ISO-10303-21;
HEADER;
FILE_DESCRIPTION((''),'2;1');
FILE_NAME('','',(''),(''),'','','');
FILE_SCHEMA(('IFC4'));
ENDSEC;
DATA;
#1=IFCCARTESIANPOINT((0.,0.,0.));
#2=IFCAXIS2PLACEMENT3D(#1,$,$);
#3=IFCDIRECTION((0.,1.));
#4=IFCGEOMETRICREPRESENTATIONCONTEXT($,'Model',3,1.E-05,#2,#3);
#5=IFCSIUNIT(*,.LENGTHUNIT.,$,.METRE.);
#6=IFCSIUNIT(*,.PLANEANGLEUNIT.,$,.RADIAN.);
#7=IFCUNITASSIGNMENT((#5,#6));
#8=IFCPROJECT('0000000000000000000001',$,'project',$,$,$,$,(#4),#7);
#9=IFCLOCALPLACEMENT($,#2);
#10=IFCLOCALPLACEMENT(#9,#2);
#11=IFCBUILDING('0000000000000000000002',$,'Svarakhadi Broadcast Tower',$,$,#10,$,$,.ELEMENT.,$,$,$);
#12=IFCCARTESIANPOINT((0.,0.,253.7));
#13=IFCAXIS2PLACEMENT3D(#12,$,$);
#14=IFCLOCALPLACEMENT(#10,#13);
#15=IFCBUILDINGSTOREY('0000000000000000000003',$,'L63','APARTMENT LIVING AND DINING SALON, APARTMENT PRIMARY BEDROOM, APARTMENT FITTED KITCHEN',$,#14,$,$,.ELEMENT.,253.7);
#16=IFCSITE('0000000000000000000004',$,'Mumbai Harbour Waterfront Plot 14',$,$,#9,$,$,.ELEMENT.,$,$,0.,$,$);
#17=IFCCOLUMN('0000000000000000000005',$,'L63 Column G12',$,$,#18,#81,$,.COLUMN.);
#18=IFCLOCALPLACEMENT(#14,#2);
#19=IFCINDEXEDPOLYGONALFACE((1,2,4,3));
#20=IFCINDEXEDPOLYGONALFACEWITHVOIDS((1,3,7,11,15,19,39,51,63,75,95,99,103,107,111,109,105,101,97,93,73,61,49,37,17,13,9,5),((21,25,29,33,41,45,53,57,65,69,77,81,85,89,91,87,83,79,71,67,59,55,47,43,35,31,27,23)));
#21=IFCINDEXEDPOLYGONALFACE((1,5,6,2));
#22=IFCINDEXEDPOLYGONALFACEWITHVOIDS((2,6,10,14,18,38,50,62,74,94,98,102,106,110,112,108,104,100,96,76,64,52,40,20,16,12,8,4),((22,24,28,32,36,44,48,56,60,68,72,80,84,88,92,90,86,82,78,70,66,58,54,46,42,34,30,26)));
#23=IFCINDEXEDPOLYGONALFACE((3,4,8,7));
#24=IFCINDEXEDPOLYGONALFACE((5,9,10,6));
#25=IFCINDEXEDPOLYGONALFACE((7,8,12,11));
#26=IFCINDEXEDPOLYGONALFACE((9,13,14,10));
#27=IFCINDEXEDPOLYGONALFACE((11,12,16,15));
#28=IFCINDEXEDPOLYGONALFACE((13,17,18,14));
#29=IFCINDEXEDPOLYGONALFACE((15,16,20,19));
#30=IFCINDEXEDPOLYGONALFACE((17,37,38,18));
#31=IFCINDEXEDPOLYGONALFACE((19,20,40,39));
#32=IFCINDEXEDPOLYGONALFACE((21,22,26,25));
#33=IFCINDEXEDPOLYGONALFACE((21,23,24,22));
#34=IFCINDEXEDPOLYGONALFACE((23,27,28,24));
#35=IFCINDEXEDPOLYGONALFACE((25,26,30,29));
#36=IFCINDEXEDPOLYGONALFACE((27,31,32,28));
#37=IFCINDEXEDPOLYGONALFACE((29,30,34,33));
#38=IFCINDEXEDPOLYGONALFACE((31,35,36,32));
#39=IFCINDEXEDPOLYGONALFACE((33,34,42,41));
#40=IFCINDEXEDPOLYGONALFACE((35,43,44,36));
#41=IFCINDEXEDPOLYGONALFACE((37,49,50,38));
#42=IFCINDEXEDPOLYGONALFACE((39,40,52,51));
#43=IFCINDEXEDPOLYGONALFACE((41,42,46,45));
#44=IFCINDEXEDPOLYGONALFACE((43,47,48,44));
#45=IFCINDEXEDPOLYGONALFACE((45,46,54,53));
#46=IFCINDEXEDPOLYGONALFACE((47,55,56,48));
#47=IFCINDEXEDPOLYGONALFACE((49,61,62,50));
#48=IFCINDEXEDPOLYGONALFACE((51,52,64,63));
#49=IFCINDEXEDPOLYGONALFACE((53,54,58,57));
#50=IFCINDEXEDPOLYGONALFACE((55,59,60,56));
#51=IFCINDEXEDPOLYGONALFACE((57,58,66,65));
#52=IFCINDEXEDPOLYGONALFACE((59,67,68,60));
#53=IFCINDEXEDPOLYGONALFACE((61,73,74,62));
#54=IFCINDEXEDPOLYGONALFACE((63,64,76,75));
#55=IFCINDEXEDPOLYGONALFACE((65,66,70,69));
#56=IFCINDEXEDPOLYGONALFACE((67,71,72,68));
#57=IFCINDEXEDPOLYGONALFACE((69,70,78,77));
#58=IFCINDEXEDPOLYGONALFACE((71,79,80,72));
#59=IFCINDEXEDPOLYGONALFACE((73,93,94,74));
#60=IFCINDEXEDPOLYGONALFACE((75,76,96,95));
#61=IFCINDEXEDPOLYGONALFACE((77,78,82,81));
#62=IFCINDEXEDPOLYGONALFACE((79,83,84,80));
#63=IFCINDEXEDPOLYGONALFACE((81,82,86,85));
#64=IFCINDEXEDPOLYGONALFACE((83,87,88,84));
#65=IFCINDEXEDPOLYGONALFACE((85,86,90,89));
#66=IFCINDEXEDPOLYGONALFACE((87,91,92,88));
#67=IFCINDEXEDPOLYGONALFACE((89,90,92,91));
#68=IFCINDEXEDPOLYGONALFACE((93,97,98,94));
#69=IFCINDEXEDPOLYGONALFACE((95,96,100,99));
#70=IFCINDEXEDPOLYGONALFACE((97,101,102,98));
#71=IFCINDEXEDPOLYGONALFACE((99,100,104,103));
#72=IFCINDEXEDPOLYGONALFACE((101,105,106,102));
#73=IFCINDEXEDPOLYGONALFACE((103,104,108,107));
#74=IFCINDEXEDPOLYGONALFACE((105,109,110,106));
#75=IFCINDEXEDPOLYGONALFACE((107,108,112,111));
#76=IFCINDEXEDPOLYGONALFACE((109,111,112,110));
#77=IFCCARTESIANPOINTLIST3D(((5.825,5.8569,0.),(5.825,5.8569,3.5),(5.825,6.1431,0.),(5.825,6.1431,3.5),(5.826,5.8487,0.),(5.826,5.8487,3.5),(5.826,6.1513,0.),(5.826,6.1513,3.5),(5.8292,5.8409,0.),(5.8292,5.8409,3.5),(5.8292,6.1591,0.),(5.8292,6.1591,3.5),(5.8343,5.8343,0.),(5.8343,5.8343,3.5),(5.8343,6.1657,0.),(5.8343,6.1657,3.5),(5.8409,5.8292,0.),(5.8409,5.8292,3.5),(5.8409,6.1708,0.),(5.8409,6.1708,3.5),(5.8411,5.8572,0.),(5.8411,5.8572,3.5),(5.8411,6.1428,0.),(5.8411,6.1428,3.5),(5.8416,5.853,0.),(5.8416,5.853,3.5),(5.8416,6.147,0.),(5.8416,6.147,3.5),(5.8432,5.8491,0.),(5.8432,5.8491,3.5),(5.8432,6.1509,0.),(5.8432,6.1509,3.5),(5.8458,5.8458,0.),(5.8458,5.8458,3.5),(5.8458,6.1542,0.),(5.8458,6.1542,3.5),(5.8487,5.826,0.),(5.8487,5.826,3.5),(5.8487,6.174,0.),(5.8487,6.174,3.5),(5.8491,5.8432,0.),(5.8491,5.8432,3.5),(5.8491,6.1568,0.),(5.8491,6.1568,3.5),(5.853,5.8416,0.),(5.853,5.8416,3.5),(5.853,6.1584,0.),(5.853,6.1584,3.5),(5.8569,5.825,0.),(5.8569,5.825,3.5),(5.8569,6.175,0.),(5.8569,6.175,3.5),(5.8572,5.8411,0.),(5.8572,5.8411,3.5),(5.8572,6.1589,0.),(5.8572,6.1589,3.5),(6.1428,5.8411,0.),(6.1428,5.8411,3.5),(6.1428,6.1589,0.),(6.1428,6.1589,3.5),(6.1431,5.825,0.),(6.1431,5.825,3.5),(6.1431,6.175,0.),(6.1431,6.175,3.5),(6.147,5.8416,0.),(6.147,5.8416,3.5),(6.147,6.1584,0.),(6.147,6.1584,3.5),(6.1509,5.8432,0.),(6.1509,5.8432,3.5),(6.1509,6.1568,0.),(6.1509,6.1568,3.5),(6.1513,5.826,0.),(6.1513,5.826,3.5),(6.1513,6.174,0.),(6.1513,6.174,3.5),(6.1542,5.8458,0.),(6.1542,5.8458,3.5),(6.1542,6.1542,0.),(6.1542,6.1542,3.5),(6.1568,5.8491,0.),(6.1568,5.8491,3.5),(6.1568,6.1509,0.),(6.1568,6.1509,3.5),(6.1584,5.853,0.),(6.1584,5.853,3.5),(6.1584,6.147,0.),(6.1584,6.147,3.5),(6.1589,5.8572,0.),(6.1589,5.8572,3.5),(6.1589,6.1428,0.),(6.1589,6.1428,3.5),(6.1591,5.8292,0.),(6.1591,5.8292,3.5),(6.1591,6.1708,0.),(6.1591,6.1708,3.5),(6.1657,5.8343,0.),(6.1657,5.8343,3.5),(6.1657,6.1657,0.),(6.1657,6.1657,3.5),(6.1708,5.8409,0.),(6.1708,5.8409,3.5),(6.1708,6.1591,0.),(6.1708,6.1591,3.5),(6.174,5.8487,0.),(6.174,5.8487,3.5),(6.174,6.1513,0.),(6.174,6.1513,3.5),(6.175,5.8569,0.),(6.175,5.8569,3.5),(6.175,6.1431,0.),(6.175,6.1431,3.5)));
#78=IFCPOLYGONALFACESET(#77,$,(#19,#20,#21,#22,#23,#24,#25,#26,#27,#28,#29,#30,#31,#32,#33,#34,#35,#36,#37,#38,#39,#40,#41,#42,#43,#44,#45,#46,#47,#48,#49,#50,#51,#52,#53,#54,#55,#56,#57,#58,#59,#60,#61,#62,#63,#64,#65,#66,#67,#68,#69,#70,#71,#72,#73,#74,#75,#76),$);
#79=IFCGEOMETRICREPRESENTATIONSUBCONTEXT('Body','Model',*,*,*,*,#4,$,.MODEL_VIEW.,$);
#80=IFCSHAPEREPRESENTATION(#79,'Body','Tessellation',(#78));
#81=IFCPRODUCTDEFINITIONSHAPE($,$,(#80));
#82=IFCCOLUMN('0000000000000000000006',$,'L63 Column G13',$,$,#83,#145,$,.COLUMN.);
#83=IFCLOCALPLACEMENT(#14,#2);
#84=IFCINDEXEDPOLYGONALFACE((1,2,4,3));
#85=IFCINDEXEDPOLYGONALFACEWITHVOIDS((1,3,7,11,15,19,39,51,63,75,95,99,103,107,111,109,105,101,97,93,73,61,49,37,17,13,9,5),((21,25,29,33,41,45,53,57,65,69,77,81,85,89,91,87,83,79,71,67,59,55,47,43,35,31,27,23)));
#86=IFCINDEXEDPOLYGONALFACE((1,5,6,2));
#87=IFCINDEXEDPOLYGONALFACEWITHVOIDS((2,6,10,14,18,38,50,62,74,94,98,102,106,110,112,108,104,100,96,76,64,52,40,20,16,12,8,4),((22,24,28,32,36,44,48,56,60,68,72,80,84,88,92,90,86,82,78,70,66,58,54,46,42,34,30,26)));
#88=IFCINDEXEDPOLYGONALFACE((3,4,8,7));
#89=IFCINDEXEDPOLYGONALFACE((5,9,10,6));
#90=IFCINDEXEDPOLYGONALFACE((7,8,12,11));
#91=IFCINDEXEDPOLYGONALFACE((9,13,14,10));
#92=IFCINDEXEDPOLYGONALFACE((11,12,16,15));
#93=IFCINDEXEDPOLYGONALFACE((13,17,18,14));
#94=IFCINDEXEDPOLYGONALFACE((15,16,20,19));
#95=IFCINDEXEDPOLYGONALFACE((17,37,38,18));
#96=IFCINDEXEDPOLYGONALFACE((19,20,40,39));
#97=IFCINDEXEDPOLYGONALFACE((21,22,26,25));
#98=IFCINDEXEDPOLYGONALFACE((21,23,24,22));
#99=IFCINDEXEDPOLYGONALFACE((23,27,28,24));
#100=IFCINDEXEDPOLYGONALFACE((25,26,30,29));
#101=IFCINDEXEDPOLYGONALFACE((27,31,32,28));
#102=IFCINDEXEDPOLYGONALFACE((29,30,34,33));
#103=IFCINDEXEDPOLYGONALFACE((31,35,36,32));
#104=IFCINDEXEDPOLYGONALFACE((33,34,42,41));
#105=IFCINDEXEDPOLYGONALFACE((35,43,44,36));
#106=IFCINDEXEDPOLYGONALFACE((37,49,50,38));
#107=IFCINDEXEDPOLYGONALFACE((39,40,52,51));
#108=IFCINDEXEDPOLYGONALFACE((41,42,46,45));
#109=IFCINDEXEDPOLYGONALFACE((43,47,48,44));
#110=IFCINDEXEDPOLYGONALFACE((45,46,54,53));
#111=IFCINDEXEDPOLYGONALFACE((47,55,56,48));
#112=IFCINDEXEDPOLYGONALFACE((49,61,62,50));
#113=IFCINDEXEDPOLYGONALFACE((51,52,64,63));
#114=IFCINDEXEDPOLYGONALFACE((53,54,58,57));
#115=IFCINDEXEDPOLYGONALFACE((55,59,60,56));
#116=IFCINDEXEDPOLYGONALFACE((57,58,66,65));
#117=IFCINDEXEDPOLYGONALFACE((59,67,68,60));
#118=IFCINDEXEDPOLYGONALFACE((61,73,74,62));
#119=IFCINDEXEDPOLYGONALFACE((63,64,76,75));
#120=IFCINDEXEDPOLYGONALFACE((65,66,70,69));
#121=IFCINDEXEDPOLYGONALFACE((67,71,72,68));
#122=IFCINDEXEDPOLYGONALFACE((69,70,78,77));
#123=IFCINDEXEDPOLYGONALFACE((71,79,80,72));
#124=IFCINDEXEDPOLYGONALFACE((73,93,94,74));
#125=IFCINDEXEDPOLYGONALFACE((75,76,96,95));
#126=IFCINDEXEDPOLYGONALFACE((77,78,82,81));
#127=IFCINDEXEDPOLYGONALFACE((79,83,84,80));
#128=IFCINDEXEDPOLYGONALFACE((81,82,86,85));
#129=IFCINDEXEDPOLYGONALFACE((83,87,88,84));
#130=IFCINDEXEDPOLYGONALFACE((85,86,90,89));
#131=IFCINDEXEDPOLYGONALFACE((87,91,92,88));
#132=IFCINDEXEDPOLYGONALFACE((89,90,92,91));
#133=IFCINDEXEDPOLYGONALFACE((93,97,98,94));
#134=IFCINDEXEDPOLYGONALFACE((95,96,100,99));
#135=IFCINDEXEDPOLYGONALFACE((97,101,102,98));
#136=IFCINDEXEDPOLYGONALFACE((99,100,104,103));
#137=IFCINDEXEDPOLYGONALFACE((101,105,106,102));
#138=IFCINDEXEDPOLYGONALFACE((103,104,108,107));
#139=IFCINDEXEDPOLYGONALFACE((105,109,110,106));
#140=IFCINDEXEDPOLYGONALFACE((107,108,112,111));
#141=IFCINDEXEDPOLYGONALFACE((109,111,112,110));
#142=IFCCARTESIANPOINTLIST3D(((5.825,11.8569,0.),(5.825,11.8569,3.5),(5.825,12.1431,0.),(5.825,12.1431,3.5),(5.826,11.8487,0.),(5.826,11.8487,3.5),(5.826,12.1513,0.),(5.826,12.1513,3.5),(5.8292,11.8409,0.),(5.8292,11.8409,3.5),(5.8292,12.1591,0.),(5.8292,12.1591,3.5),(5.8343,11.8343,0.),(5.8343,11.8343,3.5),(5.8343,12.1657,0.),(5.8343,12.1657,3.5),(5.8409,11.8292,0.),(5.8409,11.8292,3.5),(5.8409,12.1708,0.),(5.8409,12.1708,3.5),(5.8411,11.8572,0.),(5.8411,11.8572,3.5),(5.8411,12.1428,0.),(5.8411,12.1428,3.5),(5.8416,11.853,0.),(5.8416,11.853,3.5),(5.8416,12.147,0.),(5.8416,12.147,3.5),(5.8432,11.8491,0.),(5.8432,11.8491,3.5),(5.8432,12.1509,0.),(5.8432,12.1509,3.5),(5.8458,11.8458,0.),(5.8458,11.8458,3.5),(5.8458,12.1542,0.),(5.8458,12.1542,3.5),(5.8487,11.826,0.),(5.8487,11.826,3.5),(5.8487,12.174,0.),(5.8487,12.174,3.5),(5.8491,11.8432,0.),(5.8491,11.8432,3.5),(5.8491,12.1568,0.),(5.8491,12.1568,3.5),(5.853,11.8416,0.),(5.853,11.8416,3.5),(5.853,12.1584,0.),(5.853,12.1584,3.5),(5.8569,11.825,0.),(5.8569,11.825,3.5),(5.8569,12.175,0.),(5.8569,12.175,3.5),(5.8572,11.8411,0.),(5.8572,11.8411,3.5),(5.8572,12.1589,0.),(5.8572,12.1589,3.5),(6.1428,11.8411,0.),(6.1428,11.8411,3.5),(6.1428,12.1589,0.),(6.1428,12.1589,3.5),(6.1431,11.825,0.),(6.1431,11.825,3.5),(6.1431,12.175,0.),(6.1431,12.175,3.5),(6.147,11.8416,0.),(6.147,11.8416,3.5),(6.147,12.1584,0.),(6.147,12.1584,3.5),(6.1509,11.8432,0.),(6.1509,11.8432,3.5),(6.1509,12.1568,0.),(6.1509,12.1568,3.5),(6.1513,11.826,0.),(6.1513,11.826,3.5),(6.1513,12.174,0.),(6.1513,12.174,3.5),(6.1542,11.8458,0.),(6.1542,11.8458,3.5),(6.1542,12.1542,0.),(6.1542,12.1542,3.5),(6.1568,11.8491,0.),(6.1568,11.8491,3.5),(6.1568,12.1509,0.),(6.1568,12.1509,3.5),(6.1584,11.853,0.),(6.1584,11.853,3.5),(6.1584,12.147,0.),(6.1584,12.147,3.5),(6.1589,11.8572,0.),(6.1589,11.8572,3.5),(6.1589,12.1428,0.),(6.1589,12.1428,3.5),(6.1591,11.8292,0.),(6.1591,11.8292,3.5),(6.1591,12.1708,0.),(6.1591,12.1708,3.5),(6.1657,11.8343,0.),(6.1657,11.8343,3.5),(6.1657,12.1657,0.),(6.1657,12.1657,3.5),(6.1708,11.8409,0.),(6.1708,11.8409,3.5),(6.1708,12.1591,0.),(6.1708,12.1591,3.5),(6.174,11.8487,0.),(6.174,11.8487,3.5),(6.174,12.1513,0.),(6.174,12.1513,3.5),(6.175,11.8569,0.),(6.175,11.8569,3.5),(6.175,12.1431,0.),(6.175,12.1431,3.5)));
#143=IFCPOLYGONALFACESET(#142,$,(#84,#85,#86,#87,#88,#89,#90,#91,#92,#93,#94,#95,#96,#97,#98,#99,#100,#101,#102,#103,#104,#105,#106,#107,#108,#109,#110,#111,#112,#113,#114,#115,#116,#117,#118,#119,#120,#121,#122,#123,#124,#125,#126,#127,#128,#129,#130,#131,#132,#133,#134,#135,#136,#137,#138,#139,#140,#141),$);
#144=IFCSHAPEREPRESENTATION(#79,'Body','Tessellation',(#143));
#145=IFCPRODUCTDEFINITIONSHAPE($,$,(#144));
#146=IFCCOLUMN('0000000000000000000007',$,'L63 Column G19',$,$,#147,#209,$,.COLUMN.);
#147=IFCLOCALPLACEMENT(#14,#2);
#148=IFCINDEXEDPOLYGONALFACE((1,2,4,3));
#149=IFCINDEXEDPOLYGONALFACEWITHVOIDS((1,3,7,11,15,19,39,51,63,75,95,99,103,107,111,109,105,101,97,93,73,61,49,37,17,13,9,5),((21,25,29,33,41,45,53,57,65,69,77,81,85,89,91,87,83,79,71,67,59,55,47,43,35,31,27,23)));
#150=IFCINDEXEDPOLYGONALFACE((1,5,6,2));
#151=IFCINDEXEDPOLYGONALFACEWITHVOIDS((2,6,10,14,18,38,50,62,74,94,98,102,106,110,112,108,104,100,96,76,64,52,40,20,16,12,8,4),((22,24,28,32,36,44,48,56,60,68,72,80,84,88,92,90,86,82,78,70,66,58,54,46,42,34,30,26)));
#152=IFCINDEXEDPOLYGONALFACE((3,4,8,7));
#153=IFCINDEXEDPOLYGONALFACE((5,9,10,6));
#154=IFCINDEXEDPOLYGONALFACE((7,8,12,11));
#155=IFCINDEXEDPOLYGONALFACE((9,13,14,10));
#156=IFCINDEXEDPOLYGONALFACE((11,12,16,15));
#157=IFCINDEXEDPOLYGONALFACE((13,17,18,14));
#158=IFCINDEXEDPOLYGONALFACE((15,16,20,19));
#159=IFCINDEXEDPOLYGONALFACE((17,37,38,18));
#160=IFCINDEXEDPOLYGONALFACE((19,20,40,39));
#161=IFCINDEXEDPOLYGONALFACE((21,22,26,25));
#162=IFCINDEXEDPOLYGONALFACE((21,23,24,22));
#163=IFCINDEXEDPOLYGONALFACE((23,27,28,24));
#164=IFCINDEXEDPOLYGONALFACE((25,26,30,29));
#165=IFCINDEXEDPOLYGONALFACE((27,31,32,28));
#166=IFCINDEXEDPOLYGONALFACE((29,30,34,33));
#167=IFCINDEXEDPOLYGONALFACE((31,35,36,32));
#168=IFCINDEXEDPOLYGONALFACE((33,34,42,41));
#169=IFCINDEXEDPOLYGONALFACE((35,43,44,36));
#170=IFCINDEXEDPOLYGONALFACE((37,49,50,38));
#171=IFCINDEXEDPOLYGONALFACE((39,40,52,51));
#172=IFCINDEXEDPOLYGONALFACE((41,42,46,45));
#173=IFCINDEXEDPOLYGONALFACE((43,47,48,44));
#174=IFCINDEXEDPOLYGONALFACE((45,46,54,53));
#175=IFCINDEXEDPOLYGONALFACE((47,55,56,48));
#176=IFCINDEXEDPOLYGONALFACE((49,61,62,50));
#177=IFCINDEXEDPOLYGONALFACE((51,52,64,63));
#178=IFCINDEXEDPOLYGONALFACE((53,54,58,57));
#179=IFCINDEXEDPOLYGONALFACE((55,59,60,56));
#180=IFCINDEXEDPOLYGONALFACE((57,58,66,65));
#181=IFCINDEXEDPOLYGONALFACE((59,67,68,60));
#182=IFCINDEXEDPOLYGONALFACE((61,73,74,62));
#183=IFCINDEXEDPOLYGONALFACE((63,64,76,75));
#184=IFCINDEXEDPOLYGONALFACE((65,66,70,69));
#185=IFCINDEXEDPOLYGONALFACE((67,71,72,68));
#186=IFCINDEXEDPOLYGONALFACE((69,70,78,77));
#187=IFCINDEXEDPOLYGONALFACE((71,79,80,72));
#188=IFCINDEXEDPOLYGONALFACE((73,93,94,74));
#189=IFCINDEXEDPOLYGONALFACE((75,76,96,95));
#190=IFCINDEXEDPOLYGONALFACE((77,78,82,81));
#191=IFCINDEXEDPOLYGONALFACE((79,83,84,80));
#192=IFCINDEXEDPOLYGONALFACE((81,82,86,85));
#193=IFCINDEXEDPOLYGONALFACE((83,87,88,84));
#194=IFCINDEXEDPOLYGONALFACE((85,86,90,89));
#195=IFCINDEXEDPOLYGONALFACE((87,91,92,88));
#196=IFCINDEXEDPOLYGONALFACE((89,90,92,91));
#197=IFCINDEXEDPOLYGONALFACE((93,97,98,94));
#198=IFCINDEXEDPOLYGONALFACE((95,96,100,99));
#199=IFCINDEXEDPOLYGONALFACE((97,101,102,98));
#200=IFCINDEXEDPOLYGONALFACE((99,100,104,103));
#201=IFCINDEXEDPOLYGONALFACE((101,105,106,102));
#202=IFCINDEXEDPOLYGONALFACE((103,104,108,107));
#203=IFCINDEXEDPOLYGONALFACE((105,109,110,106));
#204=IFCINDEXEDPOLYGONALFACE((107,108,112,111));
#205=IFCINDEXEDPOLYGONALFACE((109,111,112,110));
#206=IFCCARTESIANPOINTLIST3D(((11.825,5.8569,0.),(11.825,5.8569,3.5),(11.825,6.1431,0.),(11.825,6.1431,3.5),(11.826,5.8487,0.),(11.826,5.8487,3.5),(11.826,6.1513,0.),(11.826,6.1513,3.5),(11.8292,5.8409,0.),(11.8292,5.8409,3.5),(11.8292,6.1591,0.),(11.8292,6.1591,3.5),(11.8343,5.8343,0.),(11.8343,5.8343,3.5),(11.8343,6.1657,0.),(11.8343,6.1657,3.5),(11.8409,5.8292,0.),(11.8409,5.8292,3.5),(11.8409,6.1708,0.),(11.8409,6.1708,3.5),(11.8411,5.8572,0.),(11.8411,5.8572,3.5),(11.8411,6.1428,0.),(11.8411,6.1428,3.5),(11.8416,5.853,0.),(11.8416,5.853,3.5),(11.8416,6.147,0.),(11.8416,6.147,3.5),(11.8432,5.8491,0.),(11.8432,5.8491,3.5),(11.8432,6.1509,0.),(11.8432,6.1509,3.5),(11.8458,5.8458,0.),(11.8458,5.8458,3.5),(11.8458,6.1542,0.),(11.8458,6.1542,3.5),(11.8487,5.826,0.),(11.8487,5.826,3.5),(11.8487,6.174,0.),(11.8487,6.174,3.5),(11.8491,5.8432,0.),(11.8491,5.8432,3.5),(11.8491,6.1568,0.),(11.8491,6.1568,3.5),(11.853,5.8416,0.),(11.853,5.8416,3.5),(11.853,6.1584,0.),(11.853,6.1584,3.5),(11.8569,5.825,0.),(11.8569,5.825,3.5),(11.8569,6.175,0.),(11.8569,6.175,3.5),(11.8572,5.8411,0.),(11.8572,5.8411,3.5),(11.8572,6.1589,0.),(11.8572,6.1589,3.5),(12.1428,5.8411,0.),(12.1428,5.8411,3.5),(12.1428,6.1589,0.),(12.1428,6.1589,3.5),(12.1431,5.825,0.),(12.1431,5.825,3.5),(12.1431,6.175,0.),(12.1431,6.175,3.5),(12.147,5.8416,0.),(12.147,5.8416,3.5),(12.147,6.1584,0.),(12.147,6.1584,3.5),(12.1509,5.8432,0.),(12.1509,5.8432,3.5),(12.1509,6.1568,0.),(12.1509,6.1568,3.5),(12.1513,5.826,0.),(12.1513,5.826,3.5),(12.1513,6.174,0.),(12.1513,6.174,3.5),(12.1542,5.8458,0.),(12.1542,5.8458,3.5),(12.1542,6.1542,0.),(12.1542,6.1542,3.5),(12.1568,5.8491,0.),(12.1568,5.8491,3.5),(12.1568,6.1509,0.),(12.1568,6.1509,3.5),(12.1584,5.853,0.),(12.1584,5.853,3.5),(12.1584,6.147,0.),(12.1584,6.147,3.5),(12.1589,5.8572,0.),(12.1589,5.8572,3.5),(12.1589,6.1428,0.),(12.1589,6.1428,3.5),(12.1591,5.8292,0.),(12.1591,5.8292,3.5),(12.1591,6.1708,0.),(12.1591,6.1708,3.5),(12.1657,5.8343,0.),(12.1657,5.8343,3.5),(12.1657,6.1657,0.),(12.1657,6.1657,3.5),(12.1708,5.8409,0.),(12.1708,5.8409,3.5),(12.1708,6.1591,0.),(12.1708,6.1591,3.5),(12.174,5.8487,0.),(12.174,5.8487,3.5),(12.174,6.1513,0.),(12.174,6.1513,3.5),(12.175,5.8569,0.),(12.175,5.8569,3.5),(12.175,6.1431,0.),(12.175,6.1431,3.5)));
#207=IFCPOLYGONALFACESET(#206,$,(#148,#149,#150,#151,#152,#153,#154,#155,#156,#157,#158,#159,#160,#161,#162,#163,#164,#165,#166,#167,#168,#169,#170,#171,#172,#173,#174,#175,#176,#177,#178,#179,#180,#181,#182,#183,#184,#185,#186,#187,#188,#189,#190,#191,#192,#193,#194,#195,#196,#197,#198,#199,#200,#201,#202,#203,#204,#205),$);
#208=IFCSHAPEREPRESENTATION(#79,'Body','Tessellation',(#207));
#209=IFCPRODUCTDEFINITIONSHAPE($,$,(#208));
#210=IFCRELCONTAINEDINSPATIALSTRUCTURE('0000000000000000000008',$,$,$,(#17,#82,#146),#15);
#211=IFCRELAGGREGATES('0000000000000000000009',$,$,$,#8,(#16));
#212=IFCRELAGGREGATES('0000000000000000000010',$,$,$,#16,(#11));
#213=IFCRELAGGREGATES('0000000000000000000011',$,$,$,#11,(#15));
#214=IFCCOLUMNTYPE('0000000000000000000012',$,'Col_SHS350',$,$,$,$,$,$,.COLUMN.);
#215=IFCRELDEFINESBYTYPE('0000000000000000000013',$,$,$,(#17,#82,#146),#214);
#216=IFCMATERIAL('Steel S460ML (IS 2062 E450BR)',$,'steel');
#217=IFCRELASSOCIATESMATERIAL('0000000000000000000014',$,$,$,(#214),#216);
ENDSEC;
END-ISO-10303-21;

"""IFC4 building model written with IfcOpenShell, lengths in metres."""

from ifc_helpers import new_model, si_unit, direction, frame, origin, origin_2d, place, context, subcontext, project, spatial, hollow_rectangle, extrude, material, material_profile, profile_set, type_object, element, save


model = new_model("IFC4")

# Units and contexts
model_context = context("Model", 3, precision=1e-05, world=origin(), true_north=direction((0.0, 1.0)))
body_context = subcontext(model_context, "Body", "Model", "MODEL_VIEW")
ifc_project = project(units=[si_unit("LENGTHUNIT", "METRE"), si_unit("PLANEANGLEUNIT", "RADIAN")], contexts=[model_context])

# Site, building, storey
site_placement = place(None, origin())
site = spatial("IfcSite", under=ifc_project, at=site_placement, Name="Mumbai Harbour Waterfront Plot 14", CompositionType="ELEMENT", RefElevation=0.0)
building_placement = place(site_placement, origin())
building = spatial("IfcBuilding", under=site, at=building_placement, Name="Svarakhadi Broadcast Tower", CompositionType="ELEMENT")
storey_placement = place(building_placement, frame((0.0, 0.0, 253.7)))
storey = spatial("IfcBuildingStorey", under=building, at=storey_placement, Name="L63", Description="APARTMENT LIVING AND DINING SALON, APARTMENT PRIMARY BEDROOM, APARTMENT FITTED KITCHEN", CompositionType="ELEMENT", Elevation=253.7)

# Columns
ifc_material_1 = material(Name="Steel S460ML (IS 2062 E450BR)", Category="steel")
ifc_material_profile_1 = material_profile(ifc_material_1, hollow_rectangle(XDim=0.3501, YDim=0.3501, WallThickness=0.0161, InnerFilletRadius=0.0161, OuterFilletRadius=0.032, at=origin_2d()), Name="SHS 350x350x16")
ifc_profile_set_1 = profile_set([ifc_material_profile_1], Name="Steel S460ML (IS 2062 E450BR)")
column_type = type_object("IfcColumnType", Name="Col_SHS350", PredefinedType="COLUMN", material=ifc_profile_set_1)
for number, where, z_axis, x_axis, name in (
    (1, (6.0, 6.0, 0.0), (0.0, 0.0, 1.0), (1.0, 0.0, 0.0), "L63 Column G12"),
    (2, (6.0, 12.0, 0.0), (0.0, 0.0, 1.0), (1.0, 0.0, 0.0), "L63 Column G13"),
    (3, (12.0, 6.0, 0.0), (0.0, 0.0, 1.0), (1.0, 0.0, 0.0), "L63 Column G19"),
):
    element("IfcColumn", number, at=place(storey_placement, frame(where, z_axis=z_axis, x_axis=x_axis)), inside=storey, type_object=column_type, Name=name, PredefinedType="COLUMN", context=body_context, shape_type="SweptSolid", body=[
        extrude(hollow_rectangle(XDim=0.3501, YDim=0.3501, WallThickness=0.0161, InnerFilletRadius=0.0161, OuterFilletRadius=0.032, at=origin_2d()), origin(), (0.0, 0.0, 1.0), 3.5),
    ])

save(model, "model.ifc")
